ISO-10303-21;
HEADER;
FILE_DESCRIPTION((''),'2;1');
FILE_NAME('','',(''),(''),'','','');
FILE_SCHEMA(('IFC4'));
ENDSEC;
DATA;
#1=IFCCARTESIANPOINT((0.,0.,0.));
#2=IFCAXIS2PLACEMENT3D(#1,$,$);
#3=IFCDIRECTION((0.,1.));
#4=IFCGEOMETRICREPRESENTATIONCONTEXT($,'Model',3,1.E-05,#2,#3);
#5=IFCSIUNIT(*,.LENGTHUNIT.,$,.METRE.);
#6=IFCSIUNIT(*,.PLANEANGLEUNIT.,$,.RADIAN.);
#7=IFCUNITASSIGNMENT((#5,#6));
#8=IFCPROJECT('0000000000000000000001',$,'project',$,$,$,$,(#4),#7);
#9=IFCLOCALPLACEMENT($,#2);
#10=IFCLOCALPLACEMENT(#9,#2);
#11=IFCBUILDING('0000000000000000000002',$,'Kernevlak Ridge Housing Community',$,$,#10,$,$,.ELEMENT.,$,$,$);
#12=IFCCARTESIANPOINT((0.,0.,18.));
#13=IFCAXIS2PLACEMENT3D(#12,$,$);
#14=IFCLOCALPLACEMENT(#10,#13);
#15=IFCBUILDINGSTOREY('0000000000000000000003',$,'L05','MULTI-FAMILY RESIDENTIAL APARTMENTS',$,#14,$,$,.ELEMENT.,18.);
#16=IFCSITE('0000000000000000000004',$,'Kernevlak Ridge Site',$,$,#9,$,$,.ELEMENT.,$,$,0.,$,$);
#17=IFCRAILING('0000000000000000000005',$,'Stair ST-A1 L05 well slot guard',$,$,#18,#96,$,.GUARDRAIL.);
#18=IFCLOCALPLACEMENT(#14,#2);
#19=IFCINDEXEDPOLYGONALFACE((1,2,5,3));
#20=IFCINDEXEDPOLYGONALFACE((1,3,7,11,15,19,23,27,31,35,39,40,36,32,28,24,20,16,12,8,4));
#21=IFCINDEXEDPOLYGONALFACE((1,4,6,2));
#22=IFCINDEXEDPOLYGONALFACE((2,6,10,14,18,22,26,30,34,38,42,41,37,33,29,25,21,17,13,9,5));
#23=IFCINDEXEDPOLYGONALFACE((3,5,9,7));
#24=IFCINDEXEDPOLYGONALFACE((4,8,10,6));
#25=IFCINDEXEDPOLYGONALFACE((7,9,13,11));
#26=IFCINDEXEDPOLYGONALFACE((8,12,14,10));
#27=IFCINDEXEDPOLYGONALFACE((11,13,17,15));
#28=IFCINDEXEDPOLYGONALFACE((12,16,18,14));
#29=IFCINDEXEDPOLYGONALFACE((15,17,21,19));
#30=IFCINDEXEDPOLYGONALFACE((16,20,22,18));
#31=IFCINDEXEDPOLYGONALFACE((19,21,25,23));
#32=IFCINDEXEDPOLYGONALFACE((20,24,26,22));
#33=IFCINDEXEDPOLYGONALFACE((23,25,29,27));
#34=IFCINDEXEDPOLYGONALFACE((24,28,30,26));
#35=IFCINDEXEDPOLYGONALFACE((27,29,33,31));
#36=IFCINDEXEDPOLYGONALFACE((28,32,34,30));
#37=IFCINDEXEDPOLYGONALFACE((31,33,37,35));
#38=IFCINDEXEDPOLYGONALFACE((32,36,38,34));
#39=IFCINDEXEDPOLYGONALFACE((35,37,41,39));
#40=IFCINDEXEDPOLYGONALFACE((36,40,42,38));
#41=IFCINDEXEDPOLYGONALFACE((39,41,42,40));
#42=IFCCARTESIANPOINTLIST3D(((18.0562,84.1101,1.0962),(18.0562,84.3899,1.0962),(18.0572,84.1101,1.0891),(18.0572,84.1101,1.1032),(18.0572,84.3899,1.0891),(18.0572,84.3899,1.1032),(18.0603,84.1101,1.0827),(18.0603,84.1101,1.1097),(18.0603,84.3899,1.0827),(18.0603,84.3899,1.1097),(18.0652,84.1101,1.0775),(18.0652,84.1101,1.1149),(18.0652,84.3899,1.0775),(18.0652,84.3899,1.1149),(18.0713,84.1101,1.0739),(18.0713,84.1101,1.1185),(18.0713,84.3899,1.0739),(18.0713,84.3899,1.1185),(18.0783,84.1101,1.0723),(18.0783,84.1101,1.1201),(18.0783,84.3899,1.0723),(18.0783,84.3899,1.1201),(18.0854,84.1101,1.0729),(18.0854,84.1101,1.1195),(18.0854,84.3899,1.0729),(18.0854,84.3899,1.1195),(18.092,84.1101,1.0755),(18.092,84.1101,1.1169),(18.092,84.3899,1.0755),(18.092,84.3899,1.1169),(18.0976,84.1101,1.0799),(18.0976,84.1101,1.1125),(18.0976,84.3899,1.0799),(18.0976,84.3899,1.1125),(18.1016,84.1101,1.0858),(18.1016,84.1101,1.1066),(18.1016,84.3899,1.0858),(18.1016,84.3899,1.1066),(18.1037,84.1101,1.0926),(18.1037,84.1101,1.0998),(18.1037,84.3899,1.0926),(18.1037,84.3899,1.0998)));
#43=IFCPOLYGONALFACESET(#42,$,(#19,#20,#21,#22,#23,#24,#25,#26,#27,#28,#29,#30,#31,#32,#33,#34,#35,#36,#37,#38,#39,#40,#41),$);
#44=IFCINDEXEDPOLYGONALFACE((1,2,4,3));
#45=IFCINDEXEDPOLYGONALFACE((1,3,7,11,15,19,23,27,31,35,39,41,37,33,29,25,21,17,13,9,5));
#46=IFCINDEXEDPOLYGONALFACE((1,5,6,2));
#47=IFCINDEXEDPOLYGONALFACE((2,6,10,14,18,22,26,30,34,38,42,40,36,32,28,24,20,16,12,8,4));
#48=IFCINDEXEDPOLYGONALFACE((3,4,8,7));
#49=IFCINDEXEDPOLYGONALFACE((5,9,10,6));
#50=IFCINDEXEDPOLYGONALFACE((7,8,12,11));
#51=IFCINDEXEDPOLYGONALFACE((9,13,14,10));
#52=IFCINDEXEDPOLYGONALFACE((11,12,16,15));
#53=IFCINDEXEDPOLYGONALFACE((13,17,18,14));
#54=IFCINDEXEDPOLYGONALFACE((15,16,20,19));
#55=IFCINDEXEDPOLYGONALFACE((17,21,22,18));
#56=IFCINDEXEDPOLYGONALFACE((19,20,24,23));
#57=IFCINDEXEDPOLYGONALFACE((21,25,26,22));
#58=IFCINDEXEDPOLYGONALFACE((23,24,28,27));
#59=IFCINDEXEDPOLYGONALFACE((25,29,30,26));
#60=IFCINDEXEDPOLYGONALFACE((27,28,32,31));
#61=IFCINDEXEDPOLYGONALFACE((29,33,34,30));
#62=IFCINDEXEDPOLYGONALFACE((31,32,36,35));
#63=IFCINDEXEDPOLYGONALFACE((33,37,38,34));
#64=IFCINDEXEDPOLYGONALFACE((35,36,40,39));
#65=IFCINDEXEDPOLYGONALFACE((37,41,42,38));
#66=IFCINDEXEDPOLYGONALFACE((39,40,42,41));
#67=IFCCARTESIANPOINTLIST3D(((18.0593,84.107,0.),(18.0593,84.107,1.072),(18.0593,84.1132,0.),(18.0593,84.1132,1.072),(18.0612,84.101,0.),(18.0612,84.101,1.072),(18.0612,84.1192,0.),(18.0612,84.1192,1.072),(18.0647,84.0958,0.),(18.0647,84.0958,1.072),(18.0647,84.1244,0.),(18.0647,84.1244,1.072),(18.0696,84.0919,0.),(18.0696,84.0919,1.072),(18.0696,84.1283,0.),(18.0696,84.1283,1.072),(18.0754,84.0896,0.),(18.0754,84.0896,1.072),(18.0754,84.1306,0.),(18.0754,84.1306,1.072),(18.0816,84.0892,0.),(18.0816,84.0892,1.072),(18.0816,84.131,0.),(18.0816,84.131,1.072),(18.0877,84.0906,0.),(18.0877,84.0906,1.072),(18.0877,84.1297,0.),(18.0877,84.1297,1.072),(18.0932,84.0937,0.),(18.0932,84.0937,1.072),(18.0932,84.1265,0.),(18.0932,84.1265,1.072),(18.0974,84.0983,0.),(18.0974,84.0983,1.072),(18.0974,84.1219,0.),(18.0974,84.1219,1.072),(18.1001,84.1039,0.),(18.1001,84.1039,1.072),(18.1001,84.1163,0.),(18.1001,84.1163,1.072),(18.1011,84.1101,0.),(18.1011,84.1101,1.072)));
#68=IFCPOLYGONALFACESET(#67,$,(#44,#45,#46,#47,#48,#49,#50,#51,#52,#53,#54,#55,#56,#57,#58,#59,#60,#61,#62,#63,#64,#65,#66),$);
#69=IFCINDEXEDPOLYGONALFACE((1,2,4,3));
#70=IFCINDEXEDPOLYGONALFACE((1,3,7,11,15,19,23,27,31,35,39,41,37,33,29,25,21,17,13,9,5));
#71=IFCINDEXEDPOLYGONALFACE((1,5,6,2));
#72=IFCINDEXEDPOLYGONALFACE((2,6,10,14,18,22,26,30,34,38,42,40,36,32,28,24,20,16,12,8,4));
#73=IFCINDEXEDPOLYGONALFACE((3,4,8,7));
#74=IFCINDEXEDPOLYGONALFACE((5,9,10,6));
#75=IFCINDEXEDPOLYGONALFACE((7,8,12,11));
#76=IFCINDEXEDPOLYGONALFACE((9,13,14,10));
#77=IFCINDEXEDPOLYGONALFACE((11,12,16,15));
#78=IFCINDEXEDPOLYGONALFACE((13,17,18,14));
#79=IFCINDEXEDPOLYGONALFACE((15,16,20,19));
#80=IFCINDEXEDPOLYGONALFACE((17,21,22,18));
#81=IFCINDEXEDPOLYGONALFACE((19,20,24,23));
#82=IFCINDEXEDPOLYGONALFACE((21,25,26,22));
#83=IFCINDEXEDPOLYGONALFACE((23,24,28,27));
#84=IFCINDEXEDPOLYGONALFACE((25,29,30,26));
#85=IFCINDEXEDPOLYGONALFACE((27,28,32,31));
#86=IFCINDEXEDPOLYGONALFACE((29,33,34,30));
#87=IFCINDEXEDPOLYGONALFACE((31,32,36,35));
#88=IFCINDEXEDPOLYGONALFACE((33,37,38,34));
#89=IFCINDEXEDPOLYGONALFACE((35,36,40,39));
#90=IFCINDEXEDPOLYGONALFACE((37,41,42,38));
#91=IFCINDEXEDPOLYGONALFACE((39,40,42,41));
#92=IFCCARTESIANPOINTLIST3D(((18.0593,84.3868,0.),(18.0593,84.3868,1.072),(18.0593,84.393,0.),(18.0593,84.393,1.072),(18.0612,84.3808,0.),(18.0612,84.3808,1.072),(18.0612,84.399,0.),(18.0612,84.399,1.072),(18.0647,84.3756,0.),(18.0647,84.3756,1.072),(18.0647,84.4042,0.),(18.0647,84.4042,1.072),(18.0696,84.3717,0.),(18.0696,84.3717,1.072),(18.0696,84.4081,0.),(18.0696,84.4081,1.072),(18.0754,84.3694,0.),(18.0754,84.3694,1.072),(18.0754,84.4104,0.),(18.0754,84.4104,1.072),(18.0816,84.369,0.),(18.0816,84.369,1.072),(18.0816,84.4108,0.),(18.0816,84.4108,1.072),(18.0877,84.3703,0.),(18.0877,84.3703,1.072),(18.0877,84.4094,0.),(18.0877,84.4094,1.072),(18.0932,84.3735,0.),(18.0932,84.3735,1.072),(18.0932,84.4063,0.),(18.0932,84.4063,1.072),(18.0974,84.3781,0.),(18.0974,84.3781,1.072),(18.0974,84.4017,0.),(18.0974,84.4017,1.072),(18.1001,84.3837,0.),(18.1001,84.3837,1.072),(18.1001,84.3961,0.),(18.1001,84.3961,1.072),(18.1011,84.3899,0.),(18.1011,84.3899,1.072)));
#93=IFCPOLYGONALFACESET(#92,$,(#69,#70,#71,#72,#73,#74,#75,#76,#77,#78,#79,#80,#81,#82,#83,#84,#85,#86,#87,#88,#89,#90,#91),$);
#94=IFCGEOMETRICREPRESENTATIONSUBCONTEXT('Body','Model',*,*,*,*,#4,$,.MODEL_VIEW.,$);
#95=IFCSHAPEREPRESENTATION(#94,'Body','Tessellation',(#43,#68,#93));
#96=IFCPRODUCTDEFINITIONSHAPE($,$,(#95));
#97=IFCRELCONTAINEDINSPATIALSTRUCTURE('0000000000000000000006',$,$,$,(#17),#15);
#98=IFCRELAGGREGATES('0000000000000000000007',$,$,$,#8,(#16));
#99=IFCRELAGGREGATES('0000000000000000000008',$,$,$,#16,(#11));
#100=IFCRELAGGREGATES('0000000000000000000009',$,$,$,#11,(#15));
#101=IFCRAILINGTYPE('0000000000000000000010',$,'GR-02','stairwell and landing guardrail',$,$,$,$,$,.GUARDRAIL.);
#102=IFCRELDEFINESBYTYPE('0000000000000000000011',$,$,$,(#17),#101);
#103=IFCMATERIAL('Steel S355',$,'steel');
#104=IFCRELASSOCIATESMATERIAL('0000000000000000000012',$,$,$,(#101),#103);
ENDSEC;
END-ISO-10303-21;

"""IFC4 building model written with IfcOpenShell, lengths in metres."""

from ifc_helpers import new_model, si_unit, direction, frame, origin, origin_2d, place, context, subcontext, project, spatial, circle, extrude, material, type_object, element, save


model = new_model("IFC4")

# Units and contexts
model_context = context("Model", 3, precision=1e-05, world=origin(), true_north=direction((0.0, 1.0)))
body_context = subcontext(model_context, "Body", "Model", "MODEL_VIEW")
ifc_project = project(units=[si_unit("LENGTHUNIT", "METRE"), si_unit("PLANEANGLEUNIT", "RADIAN")], contexts=[model_context])

# Site, building, storey
site_placement = place(None, origin())
site = spatial("IfcSite", under=ifc_project, at=site_placement, Name="Kernevlak Ridge Site", CompositionType="ELEMENT", RefElevation=0.0)
building_placement = place(site_placement, origin())
building = spatial("IfcBuilding", under=site, at=building_placement, Name="Kernevlak Ridge Housing Community", CompositionType="ELEMENT")
storey_placement = place(building_placement, frame((0.0, 0.0, 18.0)))
storey = spatial("IfcBuildingStorey", under=building, at=storey_placement, Name="L05", Description="MULTI-FAMILY RESIDENTIAL APARTMENTS", CompositionType="ELEMENT", Elevation=18.0)

# Railing
ifc_material_1 = material(Name="Steel S355", Category="steel")
railing_type_1 = type_object("IfcRailingType", Name="GR-02", Description="stairwell and landing guardrail", PredefinedType="GUARDRAIL", material=ifc_material_1)
railing_1_placement = place(storey_placement, frame((18.0801, 84.1101, 0.0)))
element("IfcRailing", 1, at=railing_1_placement, inside=storey, type_object=railing_type_1, Name="Stair ST-A1 L05 well slot guard", PredefinedType="GUARDRAIL", context=body_context, shape_type="SweptSolid", body=[
    extrude(circle(Radius=0.0239, at=origin_2d()), frame((0.0, 0.0, 1.0962), z_axis=(0.0, 1.0, 0.0), x_axis=(-1.0, 0.0, 0.0)), (0.0, 0.0, 1.0), 0.2798),
    extrude(circle(Radius=0.021, at=origin_2d()), origin(), (0.0, 0.0, 1.0), 1.072),
    extrude(circle(Radius=0.021, at=origin_2d()), frame((0.0, 0.2798, 0.0)), (0.0, 0.0, 1.0), 1.072),
])

save(model, "model.ifc")
